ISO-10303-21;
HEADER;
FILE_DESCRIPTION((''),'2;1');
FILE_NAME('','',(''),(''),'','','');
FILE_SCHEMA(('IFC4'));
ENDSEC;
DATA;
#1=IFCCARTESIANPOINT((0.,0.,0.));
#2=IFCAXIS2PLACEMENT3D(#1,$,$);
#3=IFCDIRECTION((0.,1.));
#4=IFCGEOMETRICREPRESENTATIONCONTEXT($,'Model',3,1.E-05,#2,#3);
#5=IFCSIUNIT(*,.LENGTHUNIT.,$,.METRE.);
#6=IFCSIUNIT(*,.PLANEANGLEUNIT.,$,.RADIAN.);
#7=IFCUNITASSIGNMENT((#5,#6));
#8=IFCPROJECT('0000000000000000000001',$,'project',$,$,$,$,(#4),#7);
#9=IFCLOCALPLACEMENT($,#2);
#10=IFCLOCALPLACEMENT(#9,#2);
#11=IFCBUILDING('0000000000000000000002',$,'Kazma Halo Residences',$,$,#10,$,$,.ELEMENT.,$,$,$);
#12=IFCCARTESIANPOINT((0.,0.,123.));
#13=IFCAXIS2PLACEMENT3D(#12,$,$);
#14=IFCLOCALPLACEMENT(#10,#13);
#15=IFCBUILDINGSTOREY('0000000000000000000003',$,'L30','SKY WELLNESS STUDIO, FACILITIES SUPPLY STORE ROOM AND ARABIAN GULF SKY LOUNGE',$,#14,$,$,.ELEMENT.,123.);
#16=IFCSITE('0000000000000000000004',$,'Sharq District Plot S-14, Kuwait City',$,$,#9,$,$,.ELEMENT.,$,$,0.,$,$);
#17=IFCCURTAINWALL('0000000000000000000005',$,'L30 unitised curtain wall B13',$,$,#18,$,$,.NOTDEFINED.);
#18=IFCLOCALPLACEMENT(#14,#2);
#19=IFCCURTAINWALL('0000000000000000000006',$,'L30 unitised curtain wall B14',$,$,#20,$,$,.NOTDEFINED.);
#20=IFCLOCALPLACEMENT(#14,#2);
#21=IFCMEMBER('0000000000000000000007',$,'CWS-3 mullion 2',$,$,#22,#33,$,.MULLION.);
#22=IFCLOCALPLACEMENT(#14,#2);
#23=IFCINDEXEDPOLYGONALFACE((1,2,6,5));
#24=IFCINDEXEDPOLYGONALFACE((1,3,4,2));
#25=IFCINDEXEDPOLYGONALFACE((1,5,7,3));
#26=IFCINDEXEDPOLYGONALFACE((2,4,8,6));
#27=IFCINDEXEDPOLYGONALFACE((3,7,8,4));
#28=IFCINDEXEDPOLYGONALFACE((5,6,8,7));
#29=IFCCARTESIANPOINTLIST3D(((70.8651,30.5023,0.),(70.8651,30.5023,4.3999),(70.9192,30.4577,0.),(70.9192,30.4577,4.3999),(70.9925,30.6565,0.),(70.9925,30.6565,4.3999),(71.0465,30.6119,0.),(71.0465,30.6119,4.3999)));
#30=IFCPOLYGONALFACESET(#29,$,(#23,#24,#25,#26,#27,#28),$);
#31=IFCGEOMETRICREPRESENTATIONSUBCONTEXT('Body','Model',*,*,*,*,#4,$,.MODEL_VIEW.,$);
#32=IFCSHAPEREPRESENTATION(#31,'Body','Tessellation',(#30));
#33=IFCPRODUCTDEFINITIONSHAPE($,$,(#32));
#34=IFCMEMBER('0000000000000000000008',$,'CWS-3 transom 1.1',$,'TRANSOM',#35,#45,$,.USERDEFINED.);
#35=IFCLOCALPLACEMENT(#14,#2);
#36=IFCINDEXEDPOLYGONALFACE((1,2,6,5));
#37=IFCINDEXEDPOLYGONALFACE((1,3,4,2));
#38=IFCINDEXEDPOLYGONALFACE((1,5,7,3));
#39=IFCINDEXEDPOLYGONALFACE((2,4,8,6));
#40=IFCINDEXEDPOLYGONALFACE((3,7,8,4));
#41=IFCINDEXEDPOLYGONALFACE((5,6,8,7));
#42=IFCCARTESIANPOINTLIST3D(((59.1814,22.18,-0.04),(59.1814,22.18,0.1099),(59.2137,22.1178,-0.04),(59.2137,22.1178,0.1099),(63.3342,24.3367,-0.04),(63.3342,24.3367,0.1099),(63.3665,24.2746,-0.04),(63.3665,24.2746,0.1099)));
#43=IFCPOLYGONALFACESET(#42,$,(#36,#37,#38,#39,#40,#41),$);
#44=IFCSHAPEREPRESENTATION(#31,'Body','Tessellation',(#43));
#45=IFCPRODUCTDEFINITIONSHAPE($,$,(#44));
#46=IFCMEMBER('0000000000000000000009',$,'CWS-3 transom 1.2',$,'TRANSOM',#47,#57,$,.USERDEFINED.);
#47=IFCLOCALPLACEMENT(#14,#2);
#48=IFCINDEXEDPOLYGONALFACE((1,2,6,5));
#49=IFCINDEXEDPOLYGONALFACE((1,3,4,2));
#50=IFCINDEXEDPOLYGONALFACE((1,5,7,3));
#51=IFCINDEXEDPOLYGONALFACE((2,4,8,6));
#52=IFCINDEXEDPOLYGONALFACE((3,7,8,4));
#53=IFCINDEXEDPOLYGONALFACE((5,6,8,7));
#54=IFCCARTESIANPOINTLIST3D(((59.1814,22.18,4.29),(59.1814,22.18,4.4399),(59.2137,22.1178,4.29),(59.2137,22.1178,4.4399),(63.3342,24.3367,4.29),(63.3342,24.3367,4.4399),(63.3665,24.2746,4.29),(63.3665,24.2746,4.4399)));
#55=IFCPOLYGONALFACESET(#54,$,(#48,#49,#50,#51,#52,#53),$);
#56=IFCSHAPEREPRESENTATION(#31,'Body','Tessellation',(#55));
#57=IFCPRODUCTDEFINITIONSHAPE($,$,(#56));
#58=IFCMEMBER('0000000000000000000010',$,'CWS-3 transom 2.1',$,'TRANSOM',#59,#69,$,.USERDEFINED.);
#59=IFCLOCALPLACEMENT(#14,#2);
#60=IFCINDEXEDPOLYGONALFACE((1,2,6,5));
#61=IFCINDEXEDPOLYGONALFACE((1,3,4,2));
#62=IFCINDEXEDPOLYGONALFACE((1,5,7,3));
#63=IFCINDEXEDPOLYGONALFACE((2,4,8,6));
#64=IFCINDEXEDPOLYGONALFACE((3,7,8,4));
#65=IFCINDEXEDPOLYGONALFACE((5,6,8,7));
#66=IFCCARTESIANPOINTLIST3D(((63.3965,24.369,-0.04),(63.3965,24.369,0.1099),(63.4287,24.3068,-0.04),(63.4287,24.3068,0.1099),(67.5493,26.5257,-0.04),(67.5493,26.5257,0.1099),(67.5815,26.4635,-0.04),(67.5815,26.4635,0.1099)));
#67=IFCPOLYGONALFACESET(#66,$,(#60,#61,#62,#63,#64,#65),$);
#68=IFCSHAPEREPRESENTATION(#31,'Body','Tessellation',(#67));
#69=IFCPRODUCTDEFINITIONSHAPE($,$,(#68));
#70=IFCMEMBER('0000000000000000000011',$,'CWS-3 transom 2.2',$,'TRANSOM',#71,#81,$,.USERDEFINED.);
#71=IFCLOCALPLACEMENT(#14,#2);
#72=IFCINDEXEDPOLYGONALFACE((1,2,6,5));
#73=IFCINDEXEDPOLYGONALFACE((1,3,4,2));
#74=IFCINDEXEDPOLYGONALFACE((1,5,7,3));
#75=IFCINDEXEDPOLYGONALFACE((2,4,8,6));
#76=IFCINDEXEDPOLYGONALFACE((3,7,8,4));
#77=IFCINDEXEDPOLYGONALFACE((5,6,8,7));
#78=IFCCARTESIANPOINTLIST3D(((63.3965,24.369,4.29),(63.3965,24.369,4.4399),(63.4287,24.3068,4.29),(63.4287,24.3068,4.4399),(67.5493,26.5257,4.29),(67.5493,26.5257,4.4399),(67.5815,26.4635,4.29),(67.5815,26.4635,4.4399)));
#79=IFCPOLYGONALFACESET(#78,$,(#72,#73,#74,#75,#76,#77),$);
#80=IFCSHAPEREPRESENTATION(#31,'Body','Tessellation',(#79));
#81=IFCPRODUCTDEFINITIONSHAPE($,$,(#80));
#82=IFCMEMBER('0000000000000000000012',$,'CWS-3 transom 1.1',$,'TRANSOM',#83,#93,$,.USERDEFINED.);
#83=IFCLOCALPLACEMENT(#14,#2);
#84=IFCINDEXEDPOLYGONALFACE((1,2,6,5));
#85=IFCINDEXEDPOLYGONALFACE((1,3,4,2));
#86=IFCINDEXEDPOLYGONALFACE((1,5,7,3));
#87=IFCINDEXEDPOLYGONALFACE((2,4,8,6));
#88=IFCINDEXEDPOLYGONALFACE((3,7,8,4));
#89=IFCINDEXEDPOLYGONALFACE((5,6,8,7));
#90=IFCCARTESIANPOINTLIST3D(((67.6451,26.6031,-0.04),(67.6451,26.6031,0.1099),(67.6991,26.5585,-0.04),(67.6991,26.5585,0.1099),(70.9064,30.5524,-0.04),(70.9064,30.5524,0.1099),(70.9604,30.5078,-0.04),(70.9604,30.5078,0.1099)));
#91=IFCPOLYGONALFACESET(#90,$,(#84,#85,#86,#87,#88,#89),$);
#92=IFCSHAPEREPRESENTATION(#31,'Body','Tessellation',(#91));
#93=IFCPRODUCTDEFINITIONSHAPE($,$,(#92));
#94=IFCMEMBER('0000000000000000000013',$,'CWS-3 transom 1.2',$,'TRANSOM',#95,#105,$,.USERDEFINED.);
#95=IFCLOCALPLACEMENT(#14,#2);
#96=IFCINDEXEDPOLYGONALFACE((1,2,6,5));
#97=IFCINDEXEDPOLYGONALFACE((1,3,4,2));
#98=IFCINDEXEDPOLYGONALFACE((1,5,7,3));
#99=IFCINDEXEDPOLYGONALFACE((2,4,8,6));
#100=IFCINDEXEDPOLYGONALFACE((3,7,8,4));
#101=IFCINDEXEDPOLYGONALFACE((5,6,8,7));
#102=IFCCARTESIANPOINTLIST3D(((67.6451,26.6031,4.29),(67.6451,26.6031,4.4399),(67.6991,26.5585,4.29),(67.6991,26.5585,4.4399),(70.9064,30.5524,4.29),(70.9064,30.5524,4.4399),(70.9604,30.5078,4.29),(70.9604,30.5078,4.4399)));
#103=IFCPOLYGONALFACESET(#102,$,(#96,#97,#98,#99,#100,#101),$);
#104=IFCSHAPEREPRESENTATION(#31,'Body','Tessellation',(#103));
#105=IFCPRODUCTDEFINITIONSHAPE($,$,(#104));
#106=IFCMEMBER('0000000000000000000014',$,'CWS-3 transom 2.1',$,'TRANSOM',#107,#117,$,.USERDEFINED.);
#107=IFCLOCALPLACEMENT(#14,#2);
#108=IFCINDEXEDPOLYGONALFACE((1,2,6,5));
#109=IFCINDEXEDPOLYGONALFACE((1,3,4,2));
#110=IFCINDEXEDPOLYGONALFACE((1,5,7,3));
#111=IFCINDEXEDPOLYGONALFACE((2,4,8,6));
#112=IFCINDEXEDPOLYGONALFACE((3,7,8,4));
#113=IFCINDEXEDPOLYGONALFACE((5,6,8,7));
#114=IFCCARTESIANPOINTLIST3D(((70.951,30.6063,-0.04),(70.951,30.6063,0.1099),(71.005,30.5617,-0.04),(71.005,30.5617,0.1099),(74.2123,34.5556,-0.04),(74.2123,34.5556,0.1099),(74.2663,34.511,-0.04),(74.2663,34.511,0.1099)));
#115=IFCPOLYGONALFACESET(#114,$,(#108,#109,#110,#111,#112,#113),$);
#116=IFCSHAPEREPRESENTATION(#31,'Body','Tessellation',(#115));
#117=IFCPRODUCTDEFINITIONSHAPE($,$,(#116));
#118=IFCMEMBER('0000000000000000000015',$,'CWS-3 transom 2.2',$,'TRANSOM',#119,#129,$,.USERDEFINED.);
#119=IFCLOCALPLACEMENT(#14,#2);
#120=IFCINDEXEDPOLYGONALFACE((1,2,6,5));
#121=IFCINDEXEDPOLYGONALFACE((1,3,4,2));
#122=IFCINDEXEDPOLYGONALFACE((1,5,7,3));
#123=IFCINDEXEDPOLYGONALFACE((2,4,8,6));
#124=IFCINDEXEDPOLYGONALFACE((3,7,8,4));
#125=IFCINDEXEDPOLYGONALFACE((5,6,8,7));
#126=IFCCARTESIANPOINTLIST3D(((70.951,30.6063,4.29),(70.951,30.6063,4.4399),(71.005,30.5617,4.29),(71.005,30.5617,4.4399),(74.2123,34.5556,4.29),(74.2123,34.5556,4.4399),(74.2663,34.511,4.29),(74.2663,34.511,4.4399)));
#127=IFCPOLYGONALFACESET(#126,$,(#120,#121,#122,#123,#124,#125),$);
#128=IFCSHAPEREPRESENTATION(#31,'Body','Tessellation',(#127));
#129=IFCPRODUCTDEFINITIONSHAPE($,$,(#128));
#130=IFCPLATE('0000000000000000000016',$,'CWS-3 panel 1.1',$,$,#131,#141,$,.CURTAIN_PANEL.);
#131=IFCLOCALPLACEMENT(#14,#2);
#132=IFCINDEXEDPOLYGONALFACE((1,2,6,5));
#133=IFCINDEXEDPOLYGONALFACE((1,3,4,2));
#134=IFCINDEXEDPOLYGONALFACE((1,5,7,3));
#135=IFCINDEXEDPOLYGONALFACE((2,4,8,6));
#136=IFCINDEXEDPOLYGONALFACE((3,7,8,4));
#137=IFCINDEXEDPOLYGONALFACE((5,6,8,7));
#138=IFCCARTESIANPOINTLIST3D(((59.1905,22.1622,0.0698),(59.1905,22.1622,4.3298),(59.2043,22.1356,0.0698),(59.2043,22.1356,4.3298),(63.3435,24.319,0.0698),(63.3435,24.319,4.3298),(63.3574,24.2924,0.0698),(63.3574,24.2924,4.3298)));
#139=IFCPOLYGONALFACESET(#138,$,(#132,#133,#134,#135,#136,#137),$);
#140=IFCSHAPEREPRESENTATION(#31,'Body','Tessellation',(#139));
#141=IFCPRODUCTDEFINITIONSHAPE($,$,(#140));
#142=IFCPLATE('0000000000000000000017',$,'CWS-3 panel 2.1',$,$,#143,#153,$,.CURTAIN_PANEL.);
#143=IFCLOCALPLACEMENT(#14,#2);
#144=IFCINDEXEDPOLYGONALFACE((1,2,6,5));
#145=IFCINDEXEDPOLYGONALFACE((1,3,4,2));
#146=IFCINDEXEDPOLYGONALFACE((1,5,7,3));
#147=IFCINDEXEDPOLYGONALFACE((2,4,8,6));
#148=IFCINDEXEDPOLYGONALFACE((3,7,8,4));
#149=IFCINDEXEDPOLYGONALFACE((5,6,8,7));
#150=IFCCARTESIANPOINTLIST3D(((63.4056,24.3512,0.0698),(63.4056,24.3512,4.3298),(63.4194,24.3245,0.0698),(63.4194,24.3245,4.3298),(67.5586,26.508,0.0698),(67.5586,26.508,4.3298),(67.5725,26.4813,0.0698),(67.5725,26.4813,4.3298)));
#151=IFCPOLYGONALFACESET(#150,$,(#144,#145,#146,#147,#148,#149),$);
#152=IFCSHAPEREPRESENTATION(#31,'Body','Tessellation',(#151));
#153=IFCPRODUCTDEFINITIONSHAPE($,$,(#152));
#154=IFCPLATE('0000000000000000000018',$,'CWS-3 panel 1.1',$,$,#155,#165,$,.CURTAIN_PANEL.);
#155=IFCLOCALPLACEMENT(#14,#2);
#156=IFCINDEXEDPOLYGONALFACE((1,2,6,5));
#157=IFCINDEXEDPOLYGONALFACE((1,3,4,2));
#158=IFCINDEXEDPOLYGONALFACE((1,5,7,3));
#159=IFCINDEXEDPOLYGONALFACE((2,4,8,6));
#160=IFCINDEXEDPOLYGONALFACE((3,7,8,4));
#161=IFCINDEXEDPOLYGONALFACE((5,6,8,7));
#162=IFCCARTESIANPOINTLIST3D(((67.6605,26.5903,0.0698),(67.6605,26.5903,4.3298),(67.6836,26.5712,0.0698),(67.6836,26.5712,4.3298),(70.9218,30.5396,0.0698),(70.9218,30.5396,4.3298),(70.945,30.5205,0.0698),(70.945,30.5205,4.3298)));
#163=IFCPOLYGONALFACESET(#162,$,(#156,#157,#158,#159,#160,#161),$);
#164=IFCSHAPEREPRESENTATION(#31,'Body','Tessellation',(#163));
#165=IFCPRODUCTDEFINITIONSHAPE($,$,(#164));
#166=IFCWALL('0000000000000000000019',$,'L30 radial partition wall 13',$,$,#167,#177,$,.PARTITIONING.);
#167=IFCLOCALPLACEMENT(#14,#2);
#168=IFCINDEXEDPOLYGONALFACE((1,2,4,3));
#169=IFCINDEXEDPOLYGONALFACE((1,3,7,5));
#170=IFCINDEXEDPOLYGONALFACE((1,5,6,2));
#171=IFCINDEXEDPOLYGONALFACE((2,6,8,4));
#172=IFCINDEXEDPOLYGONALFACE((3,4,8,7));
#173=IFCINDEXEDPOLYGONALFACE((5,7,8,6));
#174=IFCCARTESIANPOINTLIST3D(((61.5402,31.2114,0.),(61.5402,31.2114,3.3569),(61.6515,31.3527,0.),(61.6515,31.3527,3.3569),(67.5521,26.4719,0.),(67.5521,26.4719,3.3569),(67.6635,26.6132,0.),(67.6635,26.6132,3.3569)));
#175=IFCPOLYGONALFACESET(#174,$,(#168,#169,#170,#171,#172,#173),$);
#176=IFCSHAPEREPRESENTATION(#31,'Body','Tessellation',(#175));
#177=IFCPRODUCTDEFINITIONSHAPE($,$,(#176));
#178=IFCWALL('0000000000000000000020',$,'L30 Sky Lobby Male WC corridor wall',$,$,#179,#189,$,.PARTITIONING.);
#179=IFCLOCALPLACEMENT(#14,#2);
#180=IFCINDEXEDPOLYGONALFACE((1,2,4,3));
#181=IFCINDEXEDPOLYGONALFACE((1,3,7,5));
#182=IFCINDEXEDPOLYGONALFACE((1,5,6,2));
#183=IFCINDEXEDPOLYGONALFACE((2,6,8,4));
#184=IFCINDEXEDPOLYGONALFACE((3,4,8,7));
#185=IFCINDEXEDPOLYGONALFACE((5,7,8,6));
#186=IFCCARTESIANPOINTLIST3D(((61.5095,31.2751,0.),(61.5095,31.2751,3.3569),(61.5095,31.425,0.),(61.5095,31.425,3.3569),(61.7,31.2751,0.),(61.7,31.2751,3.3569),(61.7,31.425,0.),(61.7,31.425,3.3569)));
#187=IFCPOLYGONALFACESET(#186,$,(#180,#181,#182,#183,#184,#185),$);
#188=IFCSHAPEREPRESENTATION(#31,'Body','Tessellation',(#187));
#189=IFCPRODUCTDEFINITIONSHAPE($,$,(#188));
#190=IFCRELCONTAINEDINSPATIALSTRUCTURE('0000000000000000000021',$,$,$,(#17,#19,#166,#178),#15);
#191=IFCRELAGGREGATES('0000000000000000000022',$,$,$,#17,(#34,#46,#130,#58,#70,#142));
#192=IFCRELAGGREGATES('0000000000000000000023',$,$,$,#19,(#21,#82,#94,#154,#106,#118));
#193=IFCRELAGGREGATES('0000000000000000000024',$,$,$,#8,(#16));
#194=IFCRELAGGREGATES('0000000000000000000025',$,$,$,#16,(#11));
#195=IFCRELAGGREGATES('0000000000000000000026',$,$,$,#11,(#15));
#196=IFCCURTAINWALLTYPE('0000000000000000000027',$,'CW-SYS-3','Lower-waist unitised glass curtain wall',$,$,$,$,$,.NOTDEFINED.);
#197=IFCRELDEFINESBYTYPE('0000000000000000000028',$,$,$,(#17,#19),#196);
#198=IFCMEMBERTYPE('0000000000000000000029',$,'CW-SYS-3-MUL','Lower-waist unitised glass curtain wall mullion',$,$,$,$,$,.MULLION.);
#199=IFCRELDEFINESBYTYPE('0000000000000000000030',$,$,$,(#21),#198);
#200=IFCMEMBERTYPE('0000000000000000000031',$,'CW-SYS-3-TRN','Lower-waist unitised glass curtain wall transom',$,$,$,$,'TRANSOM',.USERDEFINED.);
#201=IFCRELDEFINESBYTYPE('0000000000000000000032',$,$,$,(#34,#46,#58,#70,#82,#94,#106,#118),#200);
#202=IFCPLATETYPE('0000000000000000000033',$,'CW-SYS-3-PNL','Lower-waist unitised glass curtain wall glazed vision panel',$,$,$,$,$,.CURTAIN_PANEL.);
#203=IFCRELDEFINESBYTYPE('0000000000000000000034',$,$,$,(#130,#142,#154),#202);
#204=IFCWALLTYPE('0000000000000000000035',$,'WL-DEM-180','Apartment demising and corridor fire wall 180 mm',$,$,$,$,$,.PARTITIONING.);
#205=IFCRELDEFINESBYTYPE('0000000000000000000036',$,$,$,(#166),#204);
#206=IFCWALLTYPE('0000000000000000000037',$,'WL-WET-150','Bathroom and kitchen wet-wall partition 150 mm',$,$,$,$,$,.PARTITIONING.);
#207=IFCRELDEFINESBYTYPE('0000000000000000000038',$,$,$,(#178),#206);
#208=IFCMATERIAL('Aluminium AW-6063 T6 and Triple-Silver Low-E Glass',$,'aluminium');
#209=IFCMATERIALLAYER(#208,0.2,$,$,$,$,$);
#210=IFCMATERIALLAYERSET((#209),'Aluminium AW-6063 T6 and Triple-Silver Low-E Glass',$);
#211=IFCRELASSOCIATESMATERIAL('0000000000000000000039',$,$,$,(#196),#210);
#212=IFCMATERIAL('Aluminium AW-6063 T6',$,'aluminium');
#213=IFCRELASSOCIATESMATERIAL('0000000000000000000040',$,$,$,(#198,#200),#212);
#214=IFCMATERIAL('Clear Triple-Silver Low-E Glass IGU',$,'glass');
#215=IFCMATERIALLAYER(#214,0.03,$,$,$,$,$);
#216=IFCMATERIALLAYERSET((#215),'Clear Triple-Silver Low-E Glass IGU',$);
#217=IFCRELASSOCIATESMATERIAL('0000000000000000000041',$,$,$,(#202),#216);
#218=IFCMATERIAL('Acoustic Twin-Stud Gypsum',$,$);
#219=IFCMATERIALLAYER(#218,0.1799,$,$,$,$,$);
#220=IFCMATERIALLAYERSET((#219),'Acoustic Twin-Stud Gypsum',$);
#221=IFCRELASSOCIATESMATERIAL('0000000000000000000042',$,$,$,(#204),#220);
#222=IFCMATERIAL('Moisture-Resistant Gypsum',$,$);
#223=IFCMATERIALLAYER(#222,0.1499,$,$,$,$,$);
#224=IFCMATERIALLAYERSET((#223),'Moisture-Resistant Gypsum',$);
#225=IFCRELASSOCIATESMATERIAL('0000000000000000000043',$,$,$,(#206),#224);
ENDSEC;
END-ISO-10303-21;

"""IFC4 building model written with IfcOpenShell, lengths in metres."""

from ifc_helpers import new_model, si_unit, direction, frame, frame_2d, origin, origin_2d, place, context, subcontext, project, spatial, rectangle, extrude, material, layer, layer_set, material_profile, profile_set, type_object, element, aggregate, save


model = new_model("IFC4")

# Units and contexts
model_context = context("Model", 3, precision=1e-05, world=origin(), true_north=direction((0.0, 1.0)))
body_context = subcontext(model_context, "Body", "Model", "MODEL_VIEW")
ifc_project = project(units=[si_unit("LENGTHUNIT", "METRE"), si_unit("PLANEANGLEUNIT", "RADIAN")], contexts=[model_context])

# Site, building, storey
site_placement = place(None, origin())
site = spatial("IfcSite", under=ifc_project, at=site_placement, Name="Sharq District Plot S-14, Kuwait City", CompositionType="ELEMENT", RefElevation=0.0)
building_placement = place(site_placement, origin())
building = spatial("IfcBuilding", under=site, at=building_placement, Name="Kazma Halo Residences", CompositionType="ELEMENT")
storey_placement = place(building_placement, frame((0.0, 0.0, 123.0)))
storey = spatial("IfcBuildingStorey", under=building, at=storey_placement, Name="L30", Description="SKY WELLNESS STUDIO, FACILITIES SUPPLY STORE ROOM AND ARABIAN GULF SKY LOUNGE", CompositionType="ELEMENT", Elevation=123.0)

# Curtain walls, member
ifc_material_1 = material(Name="Aluminium AW-6063 T6 and Triple-Silver Low-E Glass", Category="aluminium")
ifc_layer_1 = layer(ifc_material_1, 0.2)
ifc_layer_set_1 = layer_set([ifc_layer_1], Name="Aluminium AW-6063 T6 and Triple-Silver Low-E Glass")
curtain_wall_type = type_object("IfcCurtainWallType", Name="CW-SYS-3", Description="Lower-waist unitised glass curtain wall", PredefinedType="NOTDEFINED", material=ifc_layer_set_1)
curtain_wall_1_placement = place(storey_placement, origin())
curtain_wall_1 = element("IfcCurtainWall", 1, at=curtain_wall_1_placement, inside=storey, type_object=curtain_wall_type, Name="L30 unitised curtain wall B13", PredefinedType="NOTDEFINED")
ifc_material_2 = material(Name="Aluminium AW-6063 T6", Category="aluminium")
ifc_material_profile_1 = material_profile(ifc_material_2, rectangle(XDim=0.0701, YDim=0.2, at=origin_2d()), Name="CWM-70x200")
ifc_profile_set_1 = profile_set([ifc_material_profile_1], Name="Aluminium AW-6063 T6")
member_type_1 = type_object("IfcMemberType", Name="CW-SYS-3-MUL", Description="Lower-waist unitised glass curtain wall mullion", PredefinedType="MULLION", material=ifc_profile_set_1)
curtain_wall_2_placement = place(storey_placement, origin())
curtain_wall_2 = element("IfcCurtainWall", 2, at=curtain_wall_2_placement, inside=storey, type_object=curtain_wall_type, Name="L30 unitised curtain wall B14", PredefinedType="NOTDEFINED")
member_1_placement = place(storey_placement, frame((70.9558, 30.5571, 0.0), z_axis=(0.0, 0.0, 1.0), x_axis=(-0.771065, 0.636756, 0.0)))
member_1 = element("IfcMember", 3, at=member_1_placement, type_object=member_type_1, Name="CWS-3 mullion 2", PredefinedType="MULLION", context=body_context, shape_type="SweptSolid", body=[
    extrude(rectangle(XDim=0.0701, YDim=0.2, at=origin_2d()), origin(), (0.0, 0.0, 1.0), 4.3999),
])

# Members
ifc_material_profile_2 = material_profile(ifc_material_2, rectangle(XDim=0.0701, YDim=0.1499, at=origin_2d()), Name="CWT-70x150")
ifc_profile_set_2 = profile_set([ifc_material_profile_2], Name="Aluminium AW-6063 T6")
member_type_2 = type_object("IfcMemberType", Name="CW-SYS-3-TRN", Description="Lower-waist unitised glass curtain wall transom", ElementType="TRANSOM", PredefinedType="USERDEFINED", material=ifc_profile_set_2)
member_2_placement = place(storey_placement, frame((59.1975, 22.1489, 0.0349), z_axis=(0.887456, 0.460893, 0.0), x_axis=(-0.460893, 0.887456, 0.0)))
member_2 = element("IfcMember", 4, at=member_2_placement, type_object=member_type_2, Name="CWS-3 transom 1.1", ObjectType="TRANSOM", PredefinedType="USERDEFINED", context=body_context, shape_type="SweptSolid", body=[
    extrude(rectangle(XDim=0.0701, YDim=0.1499, at=origin_2d()), origin(), (0.0, 0.0, 1.0), 4.6794),
])
member_3_placement = place(storey_placement, frame((59.1975, 22.1489, 4.365), z_axis=(0.887456, 0.460893, 0.0), x_axis=(-0.460893, 0.887456, 0.0)))
member_3 = element("IfcMember", 5, at=member_3_placement, type_object=member_type_2, Name="CWS-3 transom 1.2", ObjectType="TRANSOM", PredefinedType="USERDEFINED", context=body_context, shape_type="SweptSolid", body=[
    extrude(rectangle(XDim=0.0701, YDim=0.1499, at=origin_2d()), origin(), (0.0, 0.0, 1.0), 4.6794),
])
member_4_placement = place(storey_placement, frame((63.4126, 24.3379, 0.0349), z_axis=(0.887456, 0.460893, 0.0), x_axis=(-0.460893, 0.887456, 0.0)))
member_4 = element("IfcMember", 6, at=member_4_placement, type_object=member_type_2, Name="CWS-3 transom 2.1", ObjectType="TRANSOM", PredefinedType="USERDEFINED", context=body_context, shape_type="SweptSolid", body=[
    extrude(rectangle(XDim=0.0701, YDim=0.1499, at=origin_2d()), origin(), (0.0, 0.0, 1.0), 4.6794),
])
member_5_placement = place(storey_placement, frame((63.4126, 24.3379, 4.365), z_axis=(0.887456, 0.460893, 0.0), x_axis=(-0.460893, 0.887456, 0.0)))
member_5 = element("IfcMember", 7, at=member_5_placement, type_object=member_type_2, Name="CWS-3 transom 2.2", ObjectType="TRANSOM", PredefinedType="USERDEFINED", context=body_context, shape_type="SweptSolid", body=[
    extrude(rectangle(XDim=0.0701, YDim=0.1499, at=origin_2d()), origin(), (0.0, 0.0, 1.0), 4.6794),
])
member_6_placement = place(storey_placement, frame((67.6721, 26.5808, 0.0349), z_axis=(0.636746, 0.771074, 0.0), x_axis=(-0.771074, 0.636746, 0.0)))
member_6 = element("IfcMember", 8, at=member_6_placement, type_object=member_type_2, Name="CWS-3 transom 1.1", ObjectType="TRANSOM", PredefinedType="USERDEFINED", context=body_context, shape_type="SweptSolid", body=[
    extrude(rectangle(XDim=0.0701, YDim=0.1499, at=origin_2d()), origin(), (0.0, 0.0, 1.0), 5.1218),
])
member_7_placement = place(storey_placement, frame((67.6721, 26.5808, 4.365), z_axis=(0.636746, 0.771074, 0.0), x_axis=(-0.771074, 0.636746, 0.0)))
member_7 = element("IfcMember", 9, at=member_7_placement, type_object=member_type_2, Name="CWS-3 transom 1.2", ObjectType="TRANSOM", PredefinedType="USERDEFINED", context=body_context, shape_type="SweptSolid", body=[
    extrude(rectangle(XDim=0.0701, YDim=0.1499, at=origin_2d()), origin(), (0.0, 0.0, 1.0), 5.1218),
])
member_8_placement = place(storey_placement, frame((70.978, 30.584, 0.0349), z_axis=(0.636746, 0.771074, 0.0), x_axis=(-0.771074, 0.636746, 0.0)))
member_8 = element("IfcMember", 10, at=member_8_placement, type_object=member_type_2, Name="CWS-3 transom 2.1", ObjectType="TRANSOM", PredefinedType="USERDEFINED", context=body_context, shape_type="SweptSolid", body=[
    extrude(rectangle(XDim=0.0701, YDim=0.1499, at=origin_2d()), origin(), (0.0, 0.0, 1.0), 5.1218),
])
member_9_placement = place(storey_placement, frame((70.978, 30.584, 4.365), z_axis=(0.636746, 0.771074, 0.0), x_axis=(-0.771074, 0.636746, 0.0)))
member_9 = element("IfcMember", 11, at=member_9_placement, type_object=member_type_2, Name="CWS-3 transom 2.2", ObjectType="TRANSOM", PredefinedType="USERDEFINED", context=body_context, shape_type="SweptSolid", body=[
    extrude(rectangle(XDim=0.0701, YDim=0.1499, at=origin_2d()), origin(), (0.0, 0.0, 1.0), 5.1218),
])

# Plates
ifc_material_3 = material(Name="Clear Triple-Silver Low-E Glass IGU", Category="glass")
ifc_layer_2 = layer(ifc_material_3, 0.03)
ifc_layer_set_2 = layer_set([ifc_layer_2], Name="Clear Triple-Silver Low-E Glass IGU")
plate_type = type_object("IfcPlateType", Name="CW-SYS-3-PNL", Description="Lower-waist unitised glass curtain wall glazed vision panel", PredefinedType="CURTAIN_PANEL", material=ifc_layer_set_2)
plate_1_placement = place(storey_placement, frame((61.2739, 23.2273, 0.0698), z_axis=(0.0, 0.0, 1.0), x_axis=(0.88746, 0.460884, 0.0)))
plate_1 = element("IfcPlate", 12, at=plate_1_placement, type_object=plate_type, Name="CWS-3 panel 1.1", PredefinedType="CURTAIN_PANEL", context=body_context, shape_type="SweptSolid", body=[
    extrude(rectangle(XDim=4.6797, YDim=0.03, at=origin_2d()), origin(), (0.0, 0.0, 1.0), 4.26),
])
plate_2_placement = place(storey_placement, frame((65.489, 25.4163, 0.0698), z_axis=(0.0, 0.0, 1.0), x_axis=(0.88746, 0.460884, 0.0)))
plate_2 = element("IfcPlate", 13, at=plate_2_placement, type_object=plate_type, Name="CWS-3 panel 2.1", PredefinedType="CURTAIN_PANEL", context=body_context, shape_type="SweptSolid", body=[
    extrude(rectangle(XDim=4.6797, YDim=0.03, at=origin_2d()), origin(), (0.0, 0.0, 1.0), 4.26),
])
aggregate(curtain_wall_1, [member_2, member_3, plate_1, member_4, member_5, plate_2])
plate_3_placement = place(storey_placement, frame((69.3027, 28.5554, 0.0698), z_axis=(0.0, 0.0, 1.0), x_axis=(0.636756, 0.771065, 0.0)))
plate_3 = element("IfcPlate", 14, at=plate_3_placement, type_object=plate_type, Name="CWS-3 panel 1.1", PredefinedType="CURTAIN_PANEL", context=body_context, shape_type="SweptSolid", body=[
    extrude(rectangle(XDim=5.1218, YDim=0.03, at=origin_2d()), origin(), (0.0, 0.0, 1.0), 4.26),
])
aggregate(curtain_wall_2, [member_1, member_6, member_7, plate_3, member_8, member_9])

# Walls
ifc_material_4 = material(Name="Acoustic Twin-Stud Gypsum")
ifc_layer_3 = layer(ifc_material_4, 0.1799)
ifc_layer_set_3 = layer_set([ifc_layer_3], Name="Acoustic Twin-Stud Gypsum")
wall_type_1 = type_object("IfcWallType", Name="WL-DEM-180", Description="Apartment demising and corridor fire wall 180 mm", PredefinedType="PARTITIONING", material=ifc_layer_set_3)
wall_1_placement = place(storey_placement, frame((61.5959, 31.282, 0.0), z_axis=(0.0, 0.0, 1.0), x_axis=(0.785314, -0.619098, 0.0)))
element("IfcWall", 15, at=wall_1_placement, inside=storey, type_object=wall_type_1, Name="L30 radial partition wall 13", PredefinedType="PARTITIONING", context=body_context, shape_type="SweptSolid", body=[
    extrude(rectangle(XDim=7.6555, YDim=0.1799, at=frame_2d((3.8276, 0.0))), origin(), (0.0, 0.0, 1.0), 3.3569),
])
ifc_material_5 = material(Name="Moisture-Resistant Gypsum")
ifc_layer_4 = layer(ifc_material_5, 0.1499)
ifc_layer_set_4 = layer_set([ifc_layer_4], Name="Moisture-Resistant Gypsum")
wall_type_2 = type_object("IfcWallType", Name="WL-WET-150", Description="Bathroom and kitchen wet-wall partition 150 mm", PredefinedType="PARTITIONING", material=ifc_layer_set_4)
wall_2_placement = place(storey_placement, frame((61.5095, 31.3501, 0.0), z_axis=(0.0, 0.0, 1.0), x_axis=(1.0, 0.0, 0.0)))
element("IfcWall", 16, at=wall_2_placement, inside=storey, type_object=wall_type_2, Name="L30 Sky Lobby Male WC corridor wall", PredefinedType="PARTITIONING", context=body_context, shape_type="SweptSolid", body=[
    extrude(rectangle(XDim=0.1904, YDim=0.1499, at=frame_2d((0.0952, 0.0))), origin(), (0.0, 0.0, 1.0), 3.3569),
])

save(model, "model.ifc")
